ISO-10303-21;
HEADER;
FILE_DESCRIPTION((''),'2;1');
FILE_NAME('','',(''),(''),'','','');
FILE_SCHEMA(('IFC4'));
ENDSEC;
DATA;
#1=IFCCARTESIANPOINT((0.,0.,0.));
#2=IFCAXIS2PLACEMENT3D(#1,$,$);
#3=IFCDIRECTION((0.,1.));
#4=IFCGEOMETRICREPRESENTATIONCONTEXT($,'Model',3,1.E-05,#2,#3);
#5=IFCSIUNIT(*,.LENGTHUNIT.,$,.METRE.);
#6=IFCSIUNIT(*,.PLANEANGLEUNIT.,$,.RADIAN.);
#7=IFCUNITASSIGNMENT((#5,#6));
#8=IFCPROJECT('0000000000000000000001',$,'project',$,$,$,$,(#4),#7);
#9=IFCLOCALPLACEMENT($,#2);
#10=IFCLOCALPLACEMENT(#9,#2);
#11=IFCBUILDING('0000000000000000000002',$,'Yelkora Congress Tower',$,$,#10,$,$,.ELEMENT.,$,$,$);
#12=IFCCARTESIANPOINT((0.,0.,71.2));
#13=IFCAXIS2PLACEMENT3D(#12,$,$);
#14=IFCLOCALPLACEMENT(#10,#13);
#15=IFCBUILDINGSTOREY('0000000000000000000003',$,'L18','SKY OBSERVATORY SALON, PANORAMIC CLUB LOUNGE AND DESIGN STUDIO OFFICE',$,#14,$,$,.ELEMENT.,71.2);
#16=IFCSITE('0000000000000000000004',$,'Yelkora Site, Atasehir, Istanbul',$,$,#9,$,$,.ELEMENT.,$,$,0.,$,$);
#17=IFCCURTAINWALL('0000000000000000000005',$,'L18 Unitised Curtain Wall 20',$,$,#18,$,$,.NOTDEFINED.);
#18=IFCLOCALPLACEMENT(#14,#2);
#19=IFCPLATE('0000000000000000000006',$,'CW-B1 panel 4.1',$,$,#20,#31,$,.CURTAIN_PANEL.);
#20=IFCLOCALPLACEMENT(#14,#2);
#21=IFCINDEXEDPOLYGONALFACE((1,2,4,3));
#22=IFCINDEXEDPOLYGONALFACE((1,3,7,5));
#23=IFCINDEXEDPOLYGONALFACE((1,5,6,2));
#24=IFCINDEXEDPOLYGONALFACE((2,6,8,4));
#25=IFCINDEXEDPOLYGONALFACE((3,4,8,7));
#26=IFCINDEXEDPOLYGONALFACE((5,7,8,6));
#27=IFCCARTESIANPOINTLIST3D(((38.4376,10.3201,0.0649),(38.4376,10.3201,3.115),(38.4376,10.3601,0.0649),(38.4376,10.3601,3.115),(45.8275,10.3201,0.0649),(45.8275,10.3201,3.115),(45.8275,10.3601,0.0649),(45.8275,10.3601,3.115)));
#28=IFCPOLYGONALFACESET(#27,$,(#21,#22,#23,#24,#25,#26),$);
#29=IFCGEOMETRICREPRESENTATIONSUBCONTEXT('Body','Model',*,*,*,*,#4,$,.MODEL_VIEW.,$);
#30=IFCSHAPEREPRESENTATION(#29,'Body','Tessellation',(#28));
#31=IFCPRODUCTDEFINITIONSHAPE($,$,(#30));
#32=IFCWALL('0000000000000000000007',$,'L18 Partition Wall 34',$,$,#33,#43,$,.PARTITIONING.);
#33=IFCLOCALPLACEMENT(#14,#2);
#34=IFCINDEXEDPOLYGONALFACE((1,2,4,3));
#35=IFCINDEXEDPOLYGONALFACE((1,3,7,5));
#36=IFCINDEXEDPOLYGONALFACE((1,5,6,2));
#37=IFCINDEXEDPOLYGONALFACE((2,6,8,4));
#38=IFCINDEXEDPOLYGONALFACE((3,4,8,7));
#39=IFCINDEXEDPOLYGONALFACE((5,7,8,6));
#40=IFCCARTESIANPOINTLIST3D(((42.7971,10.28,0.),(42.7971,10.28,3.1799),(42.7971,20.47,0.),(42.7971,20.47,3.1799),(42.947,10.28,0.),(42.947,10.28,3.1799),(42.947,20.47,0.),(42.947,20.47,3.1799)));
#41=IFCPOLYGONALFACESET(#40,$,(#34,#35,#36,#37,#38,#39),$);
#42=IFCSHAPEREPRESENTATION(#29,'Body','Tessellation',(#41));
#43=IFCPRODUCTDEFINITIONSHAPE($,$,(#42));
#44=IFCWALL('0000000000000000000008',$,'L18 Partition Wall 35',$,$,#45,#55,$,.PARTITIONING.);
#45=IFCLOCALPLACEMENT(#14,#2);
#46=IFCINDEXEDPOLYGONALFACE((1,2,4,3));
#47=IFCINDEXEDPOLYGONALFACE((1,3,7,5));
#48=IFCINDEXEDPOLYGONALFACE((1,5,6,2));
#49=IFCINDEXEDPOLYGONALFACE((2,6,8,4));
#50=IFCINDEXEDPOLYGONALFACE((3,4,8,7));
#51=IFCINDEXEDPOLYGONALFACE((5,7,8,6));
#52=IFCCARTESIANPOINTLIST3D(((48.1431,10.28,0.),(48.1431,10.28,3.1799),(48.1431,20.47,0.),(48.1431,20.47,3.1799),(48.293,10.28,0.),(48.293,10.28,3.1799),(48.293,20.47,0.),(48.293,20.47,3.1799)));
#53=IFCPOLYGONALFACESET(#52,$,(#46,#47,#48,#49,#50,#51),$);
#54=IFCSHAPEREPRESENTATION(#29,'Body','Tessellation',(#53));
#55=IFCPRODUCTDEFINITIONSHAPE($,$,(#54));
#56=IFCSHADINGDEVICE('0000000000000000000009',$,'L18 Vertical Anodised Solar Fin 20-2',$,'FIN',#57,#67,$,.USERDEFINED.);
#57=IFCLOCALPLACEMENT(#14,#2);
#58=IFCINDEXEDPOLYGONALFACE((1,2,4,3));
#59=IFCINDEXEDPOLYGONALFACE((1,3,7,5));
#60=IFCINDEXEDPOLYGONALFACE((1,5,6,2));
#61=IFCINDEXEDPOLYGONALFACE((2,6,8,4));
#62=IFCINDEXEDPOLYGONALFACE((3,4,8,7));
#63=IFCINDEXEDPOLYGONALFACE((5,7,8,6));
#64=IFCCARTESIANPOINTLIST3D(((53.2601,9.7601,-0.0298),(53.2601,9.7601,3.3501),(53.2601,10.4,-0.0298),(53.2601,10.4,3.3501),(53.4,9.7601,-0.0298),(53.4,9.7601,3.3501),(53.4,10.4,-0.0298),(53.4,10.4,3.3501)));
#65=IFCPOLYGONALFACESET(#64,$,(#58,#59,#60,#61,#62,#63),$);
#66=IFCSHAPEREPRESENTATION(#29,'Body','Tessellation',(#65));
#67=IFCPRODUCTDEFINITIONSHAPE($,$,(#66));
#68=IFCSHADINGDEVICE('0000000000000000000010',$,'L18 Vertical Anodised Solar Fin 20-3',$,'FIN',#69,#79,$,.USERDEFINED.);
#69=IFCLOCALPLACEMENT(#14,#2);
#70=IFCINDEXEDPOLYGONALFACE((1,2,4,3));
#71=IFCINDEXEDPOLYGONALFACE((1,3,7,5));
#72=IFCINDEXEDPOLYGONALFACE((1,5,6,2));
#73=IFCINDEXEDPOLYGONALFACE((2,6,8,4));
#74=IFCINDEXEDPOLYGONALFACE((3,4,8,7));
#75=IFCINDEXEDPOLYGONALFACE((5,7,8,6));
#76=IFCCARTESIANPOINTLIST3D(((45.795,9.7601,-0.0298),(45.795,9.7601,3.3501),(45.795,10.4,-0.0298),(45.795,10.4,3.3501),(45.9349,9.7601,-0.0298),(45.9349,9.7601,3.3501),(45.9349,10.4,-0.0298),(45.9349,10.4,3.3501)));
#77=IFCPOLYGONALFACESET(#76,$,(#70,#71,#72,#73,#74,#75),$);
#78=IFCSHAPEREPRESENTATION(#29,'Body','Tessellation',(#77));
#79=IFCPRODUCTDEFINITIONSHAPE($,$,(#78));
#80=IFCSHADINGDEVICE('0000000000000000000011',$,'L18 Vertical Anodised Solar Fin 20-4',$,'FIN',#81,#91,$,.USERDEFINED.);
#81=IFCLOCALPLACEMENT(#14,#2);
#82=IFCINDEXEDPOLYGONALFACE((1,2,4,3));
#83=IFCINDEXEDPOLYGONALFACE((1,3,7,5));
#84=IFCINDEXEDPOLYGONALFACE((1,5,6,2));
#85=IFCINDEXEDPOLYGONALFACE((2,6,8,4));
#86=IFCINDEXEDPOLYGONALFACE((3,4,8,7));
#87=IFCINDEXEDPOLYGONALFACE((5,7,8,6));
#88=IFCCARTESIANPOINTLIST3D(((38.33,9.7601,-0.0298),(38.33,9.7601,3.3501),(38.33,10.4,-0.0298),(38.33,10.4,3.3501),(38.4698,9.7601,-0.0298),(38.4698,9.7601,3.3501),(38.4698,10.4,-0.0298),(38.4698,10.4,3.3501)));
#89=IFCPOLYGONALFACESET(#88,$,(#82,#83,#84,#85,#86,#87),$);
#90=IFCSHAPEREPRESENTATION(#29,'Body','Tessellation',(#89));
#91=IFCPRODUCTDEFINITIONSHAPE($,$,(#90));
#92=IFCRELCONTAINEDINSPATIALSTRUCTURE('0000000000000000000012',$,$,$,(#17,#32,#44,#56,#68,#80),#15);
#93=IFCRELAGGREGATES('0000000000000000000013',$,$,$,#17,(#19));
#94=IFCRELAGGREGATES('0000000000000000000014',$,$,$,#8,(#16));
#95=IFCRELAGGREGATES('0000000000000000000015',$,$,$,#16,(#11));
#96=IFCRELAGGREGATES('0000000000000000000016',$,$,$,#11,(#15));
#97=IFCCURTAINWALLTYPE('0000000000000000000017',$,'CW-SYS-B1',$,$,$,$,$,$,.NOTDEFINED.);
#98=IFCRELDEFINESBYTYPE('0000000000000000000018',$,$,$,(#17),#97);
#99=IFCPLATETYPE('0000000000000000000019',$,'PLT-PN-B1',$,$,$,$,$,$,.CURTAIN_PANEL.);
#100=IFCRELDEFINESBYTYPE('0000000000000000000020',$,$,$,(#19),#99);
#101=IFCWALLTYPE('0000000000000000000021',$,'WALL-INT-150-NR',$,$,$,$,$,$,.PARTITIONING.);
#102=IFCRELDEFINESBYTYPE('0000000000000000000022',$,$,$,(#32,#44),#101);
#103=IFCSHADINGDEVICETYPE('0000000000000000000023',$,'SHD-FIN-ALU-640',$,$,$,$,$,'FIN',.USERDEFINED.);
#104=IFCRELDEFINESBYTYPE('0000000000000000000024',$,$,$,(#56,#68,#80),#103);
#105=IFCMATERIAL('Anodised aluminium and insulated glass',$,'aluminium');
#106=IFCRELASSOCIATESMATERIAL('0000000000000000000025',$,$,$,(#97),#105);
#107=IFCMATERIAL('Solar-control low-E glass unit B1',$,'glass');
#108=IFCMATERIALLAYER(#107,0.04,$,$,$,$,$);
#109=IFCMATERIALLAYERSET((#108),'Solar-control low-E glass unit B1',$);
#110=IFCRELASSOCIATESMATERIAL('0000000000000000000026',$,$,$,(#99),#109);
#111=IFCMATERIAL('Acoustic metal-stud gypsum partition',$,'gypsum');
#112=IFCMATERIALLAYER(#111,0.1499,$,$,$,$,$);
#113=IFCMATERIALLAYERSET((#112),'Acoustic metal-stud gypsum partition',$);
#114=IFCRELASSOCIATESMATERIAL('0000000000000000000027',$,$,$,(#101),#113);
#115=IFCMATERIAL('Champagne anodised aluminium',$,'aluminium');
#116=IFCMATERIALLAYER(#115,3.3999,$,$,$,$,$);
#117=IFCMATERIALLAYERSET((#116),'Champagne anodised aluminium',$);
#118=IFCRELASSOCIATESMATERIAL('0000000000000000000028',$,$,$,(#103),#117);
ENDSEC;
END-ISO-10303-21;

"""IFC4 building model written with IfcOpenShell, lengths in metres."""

from ifc_helpers import new_model, si_unit, direction, frame, frame_2d, origin, origin_2d, place, context, subcontext, project, spatial, rectangle, extrude, material, layer, layer_set, type_object, element, aggregate, save


model = new_model("IFC4")

# Units and contexts
model_context = context("Model", 3, precision=1e-05, world=origin(), true_north=direction((0.0, 1.0)))
body_context = subcontext(model_context, "Body", "Model", "MODEL_VIEW")
ifc_project = project(units=[si_unit("LENGTHUNIT", "METRE"), si_unit("PLANEANGLEUNIT", "RADIAN")], contexts=[model_context])

# Site, building, storey
site_placement = place(None, origin())
site = spatial("IfcSite", under=ifc_project, at=site_placement, Name="Yelkora Site, Atasehir, Istanbul", CompositionType="ELEMENT", RefElevation=0.0)
building_placement = place(site_placement, origin())
building = spatial("IfcBuilding", under=site, at=building_placement, Name="Yelkora Congress Tower", CompositionType="ELEMENT")
storey_placement = place(building_placement, frame((0.0, 0.0, 71.2)))
storey = spatial("IfcBuildingStorey", under=building, at=storey_placement, Name="L18", Description="SKY OBSERVATORY SALON, PANORAMIC CLUB LOUNGE AND DESIGN STUDIO OFFICE", CompositionType="ELEMENT", Elevation=71.2)

# Curtain wall, plate
ifc_material_1 = material(Name="Anodised aluminium and insulated glass", Category="aluminium")
curtain_wall_type = type_object("IfcCurtainWallType", Name="CW-SYS-B1", PredefinedType="NOTDEFINED", material=ifc_material_1)
curtain_wall_placement = place(storey_placement, origin())
curtain_wall = element("IfcCurtainWall", 1, at=curtain_wall_placement, inside=storey, type_object=curtain_wall_type, Name="L18 Unitised Curtain Wall 20", PredefinedType="NOTDEFINED")
ifc_material_2 = material(Name="Solar-control low-E glass unit B1", Category="glass")
ifc_layer_1 = layer(ifc_material_2, 0.04)
ifc_layer_set_1 = layer_set([ifc_layer_1], Name="Solar-control low-E glass unit B1")
plate_type = type_object("IfcPlateType", Name="PLT-PN-B1", PredefinedType="CURTAIN_PANEL", material=ifc_layer_set_1)
plate_1_placement = place(storey_placement, frame((42.1326, 10.3401, 0.0649), z_axis=(0.0, 0.0, 1.0), x_axis=(-1.0, 0.0, 0.0)))
plate_1 = element("IfcPlate", 2, at=plate_1_placement, type_object=plate_type, Name="CW-B1 panel 4.1", PredefinedType="CURTAIN_PANEL", context=body_context, shape_type="SweptSolid", body=[
    extrude(rectangle(XDim=7.3899, YDim=0.04, at=origin_2d()), origin(), (0.0, 0.0, 1.0), 3.05),
])
aggregate(curtain_wall, [plate_1])

# Walls
ifc_material_3 = material(Name="Acoustic metal-stud gypsum partition", Category="gypsum")
ifc_layer_2 = layer(ifc_material_3, 0.1499)
ifc_layer_set_2 = layer_set([ifc_layer_2], Name="Acoustic metal-stud gypsum partition")
wall_type = type_object("IfcWallType", Name="WALL-INT-150-NR", PredefinedType="PARTITIONING", material=ifc_layer_set_2)
for number, where, z_axis, x_axis, name in (
    (3, (42.8721, 10.28, 0.0), (0.0, 0.0, 1.0), (0.0, 1.0, 0.0), "L18 Partition Wall 34"),
    (4, (48.218, 10.28, 0.0), (0.0, 0.0, 1.0), (0.0, 1.0, 0.0), "L18 Partition Wall 35"),
):
    element("IfcWall", number, at=place(storey_placement, frame(where, z_axis=z_axis, x_axis=x_axis)), inside=storey, type_object=wall_type, Name=name, PredefinedType="PARTITIONING", context=body_context, shape_type="SweptSolid", body=[
        extrude(rectangle(XDim=10.1899, YDim=0.1499, at=frame_2d((5.095, 0.0))), origin(), (0.0, 0.0, 1.0), 3.1799),
    ])

# Shading devices
ifc_material_4 = material(Name="Champagne anodised aluminium", Category="aluminium")
ifc_layer_3 = layer(ifc_material_4, 3.3999)
ifc_layer_set_3 = layer_set([ifc_layer_3], Name="Champagne anodised aluminium")
shading_device_type = type_object("IfcShadingDeviceType", Name="SHD-FIN-ALU-640", ElementType="FIN", PredefinedType="USERDEFINED", material=ifc_layer_set_3)
for number, where, z_axis, x_axis, name in (
    (5, (53.3301, 10.0801, -0.0298), (0.0, 0.0, 1.0), (-1.0, 0.0, 0.0), "L18 Vertical Anodised Solar Fin 20-2"),
    (6, (45.865, 10.0801, -0.0298), (0.0, 0.0, 1.0), (-1.0, 0.0, 0.0), "L18 Vertical Anodised Solar Fin 20-3"),
    (7, (38.3999, 10.0801, -0.0298), (0.0, 0.0, 1.0), (-1.0, 0.0, 0.0), "L18 Vertical Anodised Solar Fin 20-4"),
):
    element("IfcShadingDevice", number, at=place(storey_placement, frame(where, z_axis=z_axis, x_axis=x_axis)), inside=storey, type_object=shading_device_type, Name=name, ObjectType="FIN", PredefinedType="USERDEFINED", context=body_context, shape_type="SweptSolid", body=[
        extrude(rectangle(XDim=0.1399, YDim=0.6399, at=origin_2d()), origin(), (0.0, 0.0, 1.0), 3.3799),
    ])

save(model, "model.ifc")
